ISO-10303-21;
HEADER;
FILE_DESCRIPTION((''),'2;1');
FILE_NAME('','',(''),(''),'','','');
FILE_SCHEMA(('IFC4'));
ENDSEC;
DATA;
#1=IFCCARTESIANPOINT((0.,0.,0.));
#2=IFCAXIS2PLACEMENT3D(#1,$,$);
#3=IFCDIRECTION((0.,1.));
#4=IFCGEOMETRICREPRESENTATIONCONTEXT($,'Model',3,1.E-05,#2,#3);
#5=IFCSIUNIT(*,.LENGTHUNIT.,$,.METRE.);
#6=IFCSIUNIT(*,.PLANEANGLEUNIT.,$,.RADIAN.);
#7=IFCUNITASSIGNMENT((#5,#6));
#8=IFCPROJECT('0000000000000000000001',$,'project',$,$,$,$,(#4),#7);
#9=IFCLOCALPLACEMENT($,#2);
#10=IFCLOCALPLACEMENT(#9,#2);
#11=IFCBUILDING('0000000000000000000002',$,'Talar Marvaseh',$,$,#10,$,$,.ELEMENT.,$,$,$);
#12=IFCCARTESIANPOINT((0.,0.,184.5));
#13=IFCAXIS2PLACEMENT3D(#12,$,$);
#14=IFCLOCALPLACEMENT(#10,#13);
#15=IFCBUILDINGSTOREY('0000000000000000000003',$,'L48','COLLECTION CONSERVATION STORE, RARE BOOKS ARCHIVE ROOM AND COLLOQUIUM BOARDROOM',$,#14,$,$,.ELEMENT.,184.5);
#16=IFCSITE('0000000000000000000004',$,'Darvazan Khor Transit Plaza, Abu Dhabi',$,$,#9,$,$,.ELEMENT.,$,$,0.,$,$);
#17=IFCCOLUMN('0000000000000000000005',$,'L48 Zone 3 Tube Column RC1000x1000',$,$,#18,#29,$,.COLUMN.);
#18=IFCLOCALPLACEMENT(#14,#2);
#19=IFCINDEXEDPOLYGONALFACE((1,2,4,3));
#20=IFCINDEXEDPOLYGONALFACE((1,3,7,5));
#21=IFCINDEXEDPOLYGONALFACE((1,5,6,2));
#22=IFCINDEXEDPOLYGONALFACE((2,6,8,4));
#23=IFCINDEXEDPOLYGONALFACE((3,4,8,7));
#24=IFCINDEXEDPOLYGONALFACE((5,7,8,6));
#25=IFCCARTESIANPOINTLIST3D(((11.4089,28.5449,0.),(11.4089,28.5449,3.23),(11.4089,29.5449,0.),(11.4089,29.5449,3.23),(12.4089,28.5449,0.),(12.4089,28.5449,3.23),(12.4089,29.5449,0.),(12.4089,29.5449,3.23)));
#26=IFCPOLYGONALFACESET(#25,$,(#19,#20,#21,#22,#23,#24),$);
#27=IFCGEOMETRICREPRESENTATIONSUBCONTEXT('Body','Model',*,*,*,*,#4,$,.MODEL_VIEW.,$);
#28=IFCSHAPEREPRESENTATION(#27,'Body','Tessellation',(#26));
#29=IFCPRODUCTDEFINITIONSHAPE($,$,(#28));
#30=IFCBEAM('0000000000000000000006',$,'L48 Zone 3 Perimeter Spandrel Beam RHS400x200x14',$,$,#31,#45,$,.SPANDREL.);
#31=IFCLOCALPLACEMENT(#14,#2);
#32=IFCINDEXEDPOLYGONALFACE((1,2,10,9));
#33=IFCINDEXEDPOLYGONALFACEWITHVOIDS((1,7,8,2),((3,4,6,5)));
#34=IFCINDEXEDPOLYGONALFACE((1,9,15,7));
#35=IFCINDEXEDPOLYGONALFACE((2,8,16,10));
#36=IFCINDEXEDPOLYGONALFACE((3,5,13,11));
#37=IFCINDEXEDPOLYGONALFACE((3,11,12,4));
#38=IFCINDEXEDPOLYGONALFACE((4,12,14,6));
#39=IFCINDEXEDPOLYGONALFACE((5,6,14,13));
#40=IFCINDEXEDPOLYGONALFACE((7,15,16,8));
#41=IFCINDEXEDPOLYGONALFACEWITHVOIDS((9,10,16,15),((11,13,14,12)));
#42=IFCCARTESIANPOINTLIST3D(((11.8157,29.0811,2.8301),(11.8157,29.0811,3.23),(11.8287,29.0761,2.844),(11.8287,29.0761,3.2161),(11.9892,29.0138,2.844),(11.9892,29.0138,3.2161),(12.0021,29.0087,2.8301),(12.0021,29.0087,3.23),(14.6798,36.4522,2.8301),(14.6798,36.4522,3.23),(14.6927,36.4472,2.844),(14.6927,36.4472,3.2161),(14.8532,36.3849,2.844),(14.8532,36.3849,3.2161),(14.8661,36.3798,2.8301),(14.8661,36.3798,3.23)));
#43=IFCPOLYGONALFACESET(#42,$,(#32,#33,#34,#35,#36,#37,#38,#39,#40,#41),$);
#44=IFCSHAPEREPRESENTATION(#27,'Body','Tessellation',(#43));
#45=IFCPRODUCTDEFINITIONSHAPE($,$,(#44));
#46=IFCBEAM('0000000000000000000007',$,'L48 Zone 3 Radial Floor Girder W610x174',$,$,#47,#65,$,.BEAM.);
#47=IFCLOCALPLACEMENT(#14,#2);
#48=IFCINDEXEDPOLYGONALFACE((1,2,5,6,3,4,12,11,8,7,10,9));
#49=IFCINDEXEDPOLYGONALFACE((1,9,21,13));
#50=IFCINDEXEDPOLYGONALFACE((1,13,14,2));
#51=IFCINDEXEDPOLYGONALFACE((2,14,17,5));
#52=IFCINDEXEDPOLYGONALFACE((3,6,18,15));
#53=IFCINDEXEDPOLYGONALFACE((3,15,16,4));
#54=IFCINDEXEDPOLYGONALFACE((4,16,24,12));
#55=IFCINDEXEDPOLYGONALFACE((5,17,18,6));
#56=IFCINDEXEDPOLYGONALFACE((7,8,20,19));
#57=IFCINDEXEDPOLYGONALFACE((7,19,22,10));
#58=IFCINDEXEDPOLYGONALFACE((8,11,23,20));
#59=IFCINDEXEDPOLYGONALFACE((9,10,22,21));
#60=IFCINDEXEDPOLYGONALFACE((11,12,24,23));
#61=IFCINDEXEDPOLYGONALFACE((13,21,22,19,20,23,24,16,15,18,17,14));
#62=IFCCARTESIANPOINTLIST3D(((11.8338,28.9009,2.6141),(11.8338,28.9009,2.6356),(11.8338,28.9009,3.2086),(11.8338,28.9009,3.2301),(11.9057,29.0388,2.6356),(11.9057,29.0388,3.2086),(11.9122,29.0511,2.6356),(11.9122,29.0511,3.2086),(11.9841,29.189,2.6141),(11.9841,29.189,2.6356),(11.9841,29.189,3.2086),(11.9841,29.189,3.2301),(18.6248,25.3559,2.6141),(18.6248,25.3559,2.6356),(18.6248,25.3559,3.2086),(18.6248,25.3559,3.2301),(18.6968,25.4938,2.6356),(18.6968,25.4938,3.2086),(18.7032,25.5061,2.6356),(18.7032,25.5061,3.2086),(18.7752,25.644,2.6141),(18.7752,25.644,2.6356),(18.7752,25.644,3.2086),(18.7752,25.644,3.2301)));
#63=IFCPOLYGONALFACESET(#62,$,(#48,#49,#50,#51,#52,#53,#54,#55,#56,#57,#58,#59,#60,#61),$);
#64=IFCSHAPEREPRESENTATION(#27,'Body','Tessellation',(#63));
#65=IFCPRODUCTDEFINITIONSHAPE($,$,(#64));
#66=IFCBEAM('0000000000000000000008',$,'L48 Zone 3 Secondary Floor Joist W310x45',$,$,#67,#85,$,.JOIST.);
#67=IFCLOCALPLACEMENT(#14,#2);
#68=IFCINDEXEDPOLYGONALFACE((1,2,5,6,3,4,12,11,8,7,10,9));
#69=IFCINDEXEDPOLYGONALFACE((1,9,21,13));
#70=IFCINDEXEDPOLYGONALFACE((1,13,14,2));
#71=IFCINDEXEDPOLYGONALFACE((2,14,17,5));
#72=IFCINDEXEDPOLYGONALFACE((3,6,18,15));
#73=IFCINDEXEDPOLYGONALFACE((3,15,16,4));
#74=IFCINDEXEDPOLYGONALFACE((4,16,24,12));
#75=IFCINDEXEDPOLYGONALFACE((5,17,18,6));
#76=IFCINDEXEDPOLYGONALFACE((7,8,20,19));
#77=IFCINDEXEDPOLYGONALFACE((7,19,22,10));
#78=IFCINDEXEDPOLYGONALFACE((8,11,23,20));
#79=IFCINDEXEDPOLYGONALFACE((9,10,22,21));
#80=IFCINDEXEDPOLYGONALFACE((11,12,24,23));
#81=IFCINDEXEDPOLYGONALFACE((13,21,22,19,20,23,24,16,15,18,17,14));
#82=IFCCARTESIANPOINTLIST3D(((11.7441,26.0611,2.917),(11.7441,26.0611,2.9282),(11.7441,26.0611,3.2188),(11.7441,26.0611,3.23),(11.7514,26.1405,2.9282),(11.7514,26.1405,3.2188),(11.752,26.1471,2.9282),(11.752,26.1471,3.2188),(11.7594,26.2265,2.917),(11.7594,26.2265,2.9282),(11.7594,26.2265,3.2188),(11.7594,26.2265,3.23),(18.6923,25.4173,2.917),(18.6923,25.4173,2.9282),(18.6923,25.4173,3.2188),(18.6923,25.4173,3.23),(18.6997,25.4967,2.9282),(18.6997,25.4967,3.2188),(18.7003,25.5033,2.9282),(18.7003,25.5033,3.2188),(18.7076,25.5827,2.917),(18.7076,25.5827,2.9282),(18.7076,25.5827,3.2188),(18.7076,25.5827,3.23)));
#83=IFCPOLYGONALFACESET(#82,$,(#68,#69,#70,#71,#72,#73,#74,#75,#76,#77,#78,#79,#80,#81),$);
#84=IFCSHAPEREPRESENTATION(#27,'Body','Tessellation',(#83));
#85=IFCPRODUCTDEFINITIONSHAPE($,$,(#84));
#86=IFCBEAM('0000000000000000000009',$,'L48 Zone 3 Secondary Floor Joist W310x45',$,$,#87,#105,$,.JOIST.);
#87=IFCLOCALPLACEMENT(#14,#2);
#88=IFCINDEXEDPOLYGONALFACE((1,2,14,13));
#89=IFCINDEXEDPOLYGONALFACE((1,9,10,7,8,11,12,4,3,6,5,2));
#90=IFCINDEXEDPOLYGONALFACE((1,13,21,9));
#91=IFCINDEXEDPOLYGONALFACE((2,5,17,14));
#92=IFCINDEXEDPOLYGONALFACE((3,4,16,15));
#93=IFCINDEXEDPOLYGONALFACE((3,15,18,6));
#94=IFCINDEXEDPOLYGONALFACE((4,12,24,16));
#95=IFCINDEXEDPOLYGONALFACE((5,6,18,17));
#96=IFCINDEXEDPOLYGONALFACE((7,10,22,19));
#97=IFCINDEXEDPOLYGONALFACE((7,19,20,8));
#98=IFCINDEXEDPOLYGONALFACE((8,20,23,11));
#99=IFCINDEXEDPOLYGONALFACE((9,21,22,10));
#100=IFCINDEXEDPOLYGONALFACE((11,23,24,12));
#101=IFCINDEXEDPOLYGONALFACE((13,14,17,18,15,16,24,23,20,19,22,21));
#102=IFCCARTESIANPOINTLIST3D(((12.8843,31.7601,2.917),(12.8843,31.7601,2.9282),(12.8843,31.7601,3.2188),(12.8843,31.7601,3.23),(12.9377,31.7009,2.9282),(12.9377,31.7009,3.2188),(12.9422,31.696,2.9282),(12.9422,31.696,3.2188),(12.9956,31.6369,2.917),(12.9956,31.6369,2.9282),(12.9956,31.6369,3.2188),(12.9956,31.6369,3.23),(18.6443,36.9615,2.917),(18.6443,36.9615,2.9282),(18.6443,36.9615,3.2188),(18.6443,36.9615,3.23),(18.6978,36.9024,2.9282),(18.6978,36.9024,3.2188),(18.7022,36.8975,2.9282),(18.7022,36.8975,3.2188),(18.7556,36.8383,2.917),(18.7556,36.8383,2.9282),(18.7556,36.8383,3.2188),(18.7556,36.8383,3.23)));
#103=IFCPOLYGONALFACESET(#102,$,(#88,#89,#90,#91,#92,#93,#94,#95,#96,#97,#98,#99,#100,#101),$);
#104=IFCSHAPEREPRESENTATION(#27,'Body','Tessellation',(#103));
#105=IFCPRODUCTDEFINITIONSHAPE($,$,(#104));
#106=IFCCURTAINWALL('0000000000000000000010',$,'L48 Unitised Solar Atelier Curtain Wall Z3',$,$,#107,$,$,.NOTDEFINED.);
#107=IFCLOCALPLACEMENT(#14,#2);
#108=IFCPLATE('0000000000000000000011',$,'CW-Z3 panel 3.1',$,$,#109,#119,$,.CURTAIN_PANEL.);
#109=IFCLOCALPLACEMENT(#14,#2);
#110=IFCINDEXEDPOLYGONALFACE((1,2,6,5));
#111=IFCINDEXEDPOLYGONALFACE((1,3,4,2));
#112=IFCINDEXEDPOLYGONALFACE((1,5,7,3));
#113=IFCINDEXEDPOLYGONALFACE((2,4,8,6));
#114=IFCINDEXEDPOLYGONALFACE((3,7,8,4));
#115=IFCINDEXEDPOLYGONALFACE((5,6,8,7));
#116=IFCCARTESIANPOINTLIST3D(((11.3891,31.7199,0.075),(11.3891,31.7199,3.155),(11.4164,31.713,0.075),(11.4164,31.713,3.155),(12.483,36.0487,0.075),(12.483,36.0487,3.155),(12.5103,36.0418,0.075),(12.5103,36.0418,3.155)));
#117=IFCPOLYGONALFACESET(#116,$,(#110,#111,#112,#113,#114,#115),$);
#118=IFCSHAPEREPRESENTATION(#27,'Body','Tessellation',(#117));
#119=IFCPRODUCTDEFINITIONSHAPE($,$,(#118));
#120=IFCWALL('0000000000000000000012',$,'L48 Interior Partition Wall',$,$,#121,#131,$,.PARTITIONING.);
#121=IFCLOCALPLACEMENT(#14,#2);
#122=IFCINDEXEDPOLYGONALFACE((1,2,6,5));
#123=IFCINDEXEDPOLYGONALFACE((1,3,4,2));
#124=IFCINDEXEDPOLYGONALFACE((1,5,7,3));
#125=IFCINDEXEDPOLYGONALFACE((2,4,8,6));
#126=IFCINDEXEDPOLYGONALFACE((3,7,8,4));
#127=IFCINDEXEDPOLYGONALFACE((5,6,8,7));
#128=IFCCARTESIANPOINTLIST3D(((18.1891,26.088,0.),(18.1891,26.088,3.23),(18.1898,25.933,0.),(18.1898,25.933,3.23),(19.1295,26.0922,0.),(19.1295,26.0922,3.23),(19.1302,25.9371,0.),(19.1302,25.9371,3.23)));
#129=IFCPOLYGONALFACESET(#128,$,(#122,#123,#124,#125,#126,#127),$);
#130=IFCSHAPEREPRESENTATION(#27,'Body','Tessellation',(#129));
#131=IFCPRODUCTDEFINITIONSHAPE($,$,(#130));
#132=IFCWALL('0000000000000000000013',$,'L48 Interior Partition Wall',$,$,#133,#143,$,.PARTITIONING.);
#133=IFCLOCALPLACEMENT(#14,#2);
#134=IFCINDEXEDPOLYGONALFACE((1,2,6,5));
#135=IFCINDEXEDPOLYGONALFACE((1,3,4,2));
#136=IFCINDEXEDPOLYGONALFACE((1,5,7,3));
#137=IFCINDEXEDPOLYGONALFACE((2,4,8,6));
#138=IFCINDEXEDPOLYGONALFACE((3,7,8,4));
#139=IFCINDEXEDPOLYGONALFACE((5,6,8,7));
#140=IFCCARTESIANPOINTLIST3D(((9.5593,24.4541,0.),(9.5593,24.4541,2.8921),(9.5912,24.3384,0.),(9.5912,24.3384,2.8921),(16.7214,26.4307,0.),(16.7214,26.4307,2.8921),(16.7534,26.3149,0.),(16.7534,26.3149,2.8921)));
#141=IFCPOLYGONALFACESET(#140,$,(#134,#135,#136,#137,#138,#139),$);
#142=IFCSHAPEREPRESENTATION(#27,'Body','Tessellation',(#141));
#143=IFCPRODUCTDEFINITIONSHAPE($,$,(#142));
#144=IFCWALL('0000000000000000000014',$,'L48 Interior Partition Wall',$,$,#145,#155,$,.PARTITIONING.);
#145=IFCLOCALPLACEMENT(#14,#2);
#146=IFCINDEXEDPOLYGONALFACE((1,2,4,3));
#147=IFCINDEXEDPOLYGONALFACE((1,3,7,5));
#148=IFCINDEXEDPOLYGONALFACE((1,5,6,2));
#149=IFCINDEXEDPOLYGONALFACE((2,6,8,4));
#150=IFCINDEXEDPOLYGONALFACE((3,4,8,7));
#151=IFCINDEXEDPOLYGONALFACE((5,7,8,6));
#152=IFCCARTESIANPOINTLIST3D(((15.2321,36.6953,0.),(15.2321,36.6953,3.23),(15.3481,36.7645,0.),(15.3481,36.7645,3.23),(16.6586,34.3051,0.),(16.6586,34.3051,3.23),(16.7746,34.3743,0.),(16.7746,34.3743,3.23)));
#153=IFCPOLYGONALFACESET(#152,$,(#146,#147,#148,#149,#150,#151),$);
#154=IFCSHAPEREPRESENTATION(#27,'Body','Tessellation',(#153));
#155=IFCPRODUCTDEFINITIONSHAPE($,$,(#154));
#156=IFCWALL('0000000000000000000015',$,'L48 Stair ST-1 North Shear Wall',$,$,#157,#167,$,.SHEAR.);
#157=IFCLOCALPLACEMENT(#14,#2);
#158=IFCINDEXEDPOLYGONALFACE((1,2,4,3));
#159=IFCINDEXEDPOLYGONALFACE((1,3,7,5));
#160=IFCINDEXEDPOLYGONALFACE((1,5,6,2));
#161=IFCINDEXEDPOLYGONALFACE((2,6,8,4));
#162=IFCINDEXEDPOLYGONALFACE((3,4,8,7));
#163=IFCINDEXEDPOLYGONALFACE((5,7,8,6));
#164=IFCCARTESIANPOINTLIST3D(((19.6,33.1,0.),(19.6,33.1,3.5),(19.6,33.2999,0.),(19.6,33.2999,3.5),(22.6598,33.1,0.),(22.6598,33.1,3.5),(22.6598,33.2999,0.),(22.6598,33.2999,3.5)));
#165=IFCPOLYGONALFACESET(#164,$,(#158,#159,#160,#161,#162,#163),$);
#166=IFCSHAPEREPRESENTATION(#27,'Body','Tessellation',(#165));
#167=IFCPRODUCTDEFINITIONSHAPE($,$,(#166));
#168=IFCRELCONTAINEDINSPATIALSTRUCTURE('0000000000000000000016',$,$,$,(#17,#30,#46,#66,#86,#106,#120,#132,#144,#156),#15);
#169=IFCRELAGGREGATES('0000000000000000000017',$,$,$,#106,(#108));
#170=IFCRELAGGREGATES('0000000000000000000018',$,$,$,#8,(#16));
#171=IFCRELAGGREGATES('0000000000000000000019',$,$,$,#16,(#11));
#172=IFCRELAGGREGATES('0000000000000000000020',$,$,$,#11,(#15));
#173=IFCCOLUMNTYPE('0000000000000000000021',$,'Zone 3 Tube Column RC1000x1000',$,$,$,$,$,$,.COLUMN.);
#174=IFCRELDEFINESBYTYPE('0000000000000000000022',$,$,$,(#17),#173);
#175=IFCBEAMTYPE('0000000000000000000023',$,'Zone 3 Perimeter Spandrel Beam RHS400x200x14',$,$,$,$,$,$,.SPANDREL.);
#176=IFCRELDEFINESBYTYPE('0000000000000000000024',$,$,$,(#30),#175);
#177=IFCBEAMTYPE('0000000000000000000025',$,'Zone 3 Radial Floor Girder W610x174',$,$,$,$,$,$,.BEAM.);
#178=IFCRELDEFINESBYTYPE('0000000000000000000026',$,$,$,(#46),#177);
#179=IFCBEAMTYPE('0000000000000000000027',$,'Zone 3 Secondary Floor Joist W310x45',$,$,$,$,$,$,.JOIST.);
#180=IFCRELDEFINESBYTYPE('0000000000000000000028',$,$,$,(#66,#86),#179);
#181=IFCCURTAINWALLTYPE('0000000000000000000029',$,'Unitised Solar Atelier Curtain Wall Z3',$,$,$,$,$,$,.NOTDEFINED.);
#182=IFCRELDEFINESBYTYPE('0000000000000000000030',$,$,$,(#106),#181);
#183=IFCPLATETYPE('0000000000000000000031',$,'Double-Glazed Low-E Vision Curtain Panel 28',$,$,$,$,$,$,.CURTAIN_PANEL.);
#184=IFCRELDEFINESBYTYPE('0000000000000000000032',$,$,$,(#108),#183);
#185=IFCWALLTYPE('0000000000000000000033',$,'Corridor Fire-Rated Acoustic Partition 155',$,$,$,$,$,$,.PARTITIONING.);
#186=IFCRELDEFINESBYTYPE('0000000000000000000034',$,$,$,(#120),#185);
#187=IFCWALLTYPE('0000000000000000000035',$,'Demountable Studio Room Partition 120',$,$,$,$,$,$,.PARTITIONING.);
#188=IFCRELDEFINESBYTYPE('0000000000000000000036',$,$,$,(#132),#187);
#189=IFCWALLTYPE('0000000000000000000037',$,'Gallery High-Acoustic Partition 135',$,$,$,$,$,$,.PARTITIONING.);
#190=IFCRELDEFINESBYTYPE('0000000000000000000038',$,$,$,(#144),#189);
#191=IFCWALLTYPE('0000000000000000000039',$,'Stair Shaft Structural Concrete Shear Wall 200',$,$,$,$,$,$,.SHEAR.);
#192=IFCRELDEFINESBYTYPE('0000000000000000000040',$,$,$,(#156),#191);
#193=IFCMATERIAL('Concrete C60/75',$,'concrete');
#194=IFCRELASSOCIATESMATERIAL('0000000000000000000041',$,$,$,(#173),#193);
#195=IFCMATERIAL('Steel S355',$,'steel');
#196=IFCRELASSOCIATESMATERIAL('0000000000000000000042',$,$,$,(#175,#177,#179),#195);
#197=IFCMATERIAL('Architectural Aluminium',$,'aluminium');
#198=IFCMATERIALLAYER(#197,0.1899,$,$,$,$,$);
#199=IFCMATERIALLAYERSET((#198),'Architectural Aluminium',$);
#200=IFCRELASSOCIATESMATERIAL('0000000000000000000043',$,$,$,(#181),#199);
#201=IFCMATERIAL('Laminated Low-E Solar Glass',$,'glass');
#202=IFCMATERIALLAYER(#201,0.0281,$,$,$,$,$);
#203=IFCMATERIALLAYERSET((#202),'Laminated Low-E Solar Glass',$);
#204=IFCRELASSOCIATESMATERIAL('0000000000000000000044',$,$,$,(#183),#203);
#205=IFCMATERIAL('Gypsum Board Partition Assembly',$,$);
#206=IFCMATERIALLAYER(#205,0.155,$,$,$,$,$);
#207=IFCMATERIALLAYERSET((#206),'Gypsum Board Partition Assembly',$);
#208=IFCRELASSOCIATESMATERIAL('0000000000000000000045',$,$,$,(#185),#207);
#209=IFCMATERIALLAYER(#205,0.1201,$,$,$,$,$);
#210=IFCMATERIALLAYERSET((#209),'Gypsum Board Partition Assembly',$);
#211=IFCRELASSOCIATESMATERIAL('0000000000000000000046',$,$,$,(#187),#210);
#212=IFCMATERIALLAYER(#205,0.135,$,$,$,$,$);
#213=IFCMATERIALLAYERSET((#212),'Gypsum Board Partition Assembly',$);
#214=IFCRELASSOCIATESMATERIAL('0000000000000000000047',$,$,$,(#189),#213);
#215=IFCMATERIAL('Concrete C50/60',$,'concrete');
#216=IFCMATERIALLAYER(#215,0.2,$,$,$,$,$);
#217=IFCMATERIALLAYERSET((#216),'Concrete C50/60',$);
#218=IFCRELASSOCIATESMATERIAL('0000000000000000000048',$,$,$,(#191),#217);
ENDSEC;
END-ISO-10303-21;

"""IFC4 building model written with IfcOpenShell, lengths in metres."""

from ifc_helpers import new_model, si_unit, direction, frame, frame_2d, origin, origin_2d, place, context, subcontext, project, spatial, rectangle, hollow_rectangle, i_section, extrude, source, transform, mapped, material, layer, layer_set, material_profile, profile_set, type_object, type_shapes, element, aggregate, save


model = new_model("IFC4")

# Units and contexts
model_context = context("Model", 3, precision=1e-05, world=origin(), true_north=direction((0.0, 1.0)))
body_context = subcontext(model_context, "Body", "Model", "MODEL_VIEW")
ifc_project = project(units=[si_unit("LENGTHUNIT", "METRE"), si_unit("PLANEANGLEUNIT", "RADIAN")], contexts=[model_context])

# Site, building, storey
site_placement = place(None, origin())
site = spatial("IfcSite", under=ifc_project, at=site_placement, Name="Darvazan Khor Transit Plaza, Abu Dhabi", CompositionType="ELEMENT", RefElevation=0.0)
building_placement = place(site_placement, origin())
building = spatial("IfcBuilding", under=site, at=building_placement, Name="Talar Marvaseh", CompositionType="ELEMENT")
storey_placement = place(building_placement, frame((0.0, 0.0, 184.5)))
storey = spatial("IfcBuildingStorey", under=building, at=storey_placement, Name="L48", Description="COLLECTION CONSERVATION STORE, RARE BOOKS ARCHIVE ROOM AND COLLOQUIUM BOARDROOM", CompositionType="ELEMENT", Elevation=184.5)

# Column
ifc_material_1 = material(Name="Concrete C60/75", Category="concrete")
ifc_material_profile_1 = material_profile(ifc_material_1, rectangle(XDim=1.0, YDim=1.0, at=origin_2d()), Name="RC1000x1000")
ifc_profile_set_1 = profile_set([ifc_material_profile_1], Name="Concrete C60/75")
column_type = type_object("IfcColumnType", Name="Zone 3 Tube Column RC1000x1000", PredefinedType="COLUMN", material=ifc_profile_set_1)
column_placement = place(storey_placement, frame((11.9089, 29.0449, 0.0), z_axis=(0.0, 0.0, 1.0), x_axis=(1.0, 0.0, 0.0)))
element("IfcColumn", 1, at=column_placement, inside=storey, type_object=column_type, Name="L48 Zone 3 Tube Column RC1000x1000", PredefinedType="COLUMN", context=body_context, shape_type="SweptSolid", body=[
    extrude(rectangle(XDim=1.0, YDim=1.0, at=origin_2d()), origin(), (0.0, 0.0, 1.0), 3.23),
])

# Beams
ifc_material_2 = material(Name="Steel S355", Category="steel")
ifc_material_profile_2 = material_profile(ifc_material_2, hollow_rectangle(XDim=0.2, YDim=0.3999, WallThickness=0.0139, at=origin_2d()), Name="RHS400x200x14")
ifc_profile_set_2 = profile_set([ifc_material_profile_2], Name="Steel S355")
beam_type_1 = type_object("IfcBeamType", Name="Zone 3 Perimeter Spandrel Beam RHS400x200x14", PredefinedType="SPANDREL", material=ifc_profile_set_2)
beam_1_placement = place(storey_placement, frame((11.9089, 29.0449, 3.03), z_axis=(0.362169, 0.932112, 0.0), x_axis=(-0.932112, 0.362169, 0.0)))
element("IfcBeam", 2, at=beam_1_placement, inside=storey, type_object=beam_type_1, Name="L48 Zone 3 Perimeter Spandrel Beam RHS400x200x14", PredefinedType="SPANDREL", context=body_context, shape_type="SweptSolid", body=[
    extrude(hollow_rectangle(XDim=0.2, YDim=0.3999, WallThickness=0.0139, at=origin_2d()), origin(), (0.0, 0.0, 1.0), 7.908),
])
ifc_material_profile_3 = material_profile(ifc_material_2, i_section(OverallWidth=0.325, OverallDepth=0.616, WebThickness=0.0139, FlangeThickness=0.0215, at=origin_2d()), Name="W610x174")
ifc_profile_set_3 = profile_set([ifc_material_profile_3], Name="Steel S355")
beam_type_2 = type_object("IfcBeamType", Name="Zone 3 Radial Floor Girder W610x174", PredefinedType="BEAM", material=ifc_profile_set_3)
beam_2_placement = place(storey_placement, frame((11.9089, 29.0449, 2.9221), z_axis=(0.886489, -0.462749, 0.0), x_axis=(0.462749, 0.886489, 0.0)))
element("IfcBeam", 3, at=beam_2_placement, inside=storey, type_object=beam_type_2, Name="L48 Zone 3 Radial Floor Girder W610x174", PredefinedType="BEAM", context=body_context, shape_type="SweptSolid", body=[
    extrude(i_section(OverallWidth=0.325, OverallDepth=0.616, WebThickness=0.0139, FlangeThickness=0.0215, at=origin_2d()), origin(), (0.0, 0.0, 1.0), 7.6606),
])
ifc_material_profile_4 = material_profile(ifc_material_2, i_section(OverallWidth=0.166, OverallDepth=0.313, WebThickness=0.0066, FlangeThickness=0.0112, at=origin_2d()), Name="W310x45")
ifc_profile_set_4 = profile_set([ifc_material_profile_4], Name="Steel S355")
beam_type_3 = type_object("IfcBeamType", Name="Zone 3 Secondary Floor Joist W310x45", PredefinedType="JOIST", material=ifc_profile_set_4)
beam_3_placement = place(storey_placement, frame((11.7517, 26.1438, 3.0735), z_axis=(0.995735, -0.092261, 0.0), x_axis=(0.092261, 0.995735, 0.0)))
element("IfcBeam", 4, at=beam_3_placement, inside=storey, type_object=beam_type_3, Name="L48 Zone 3 Secondary Floor Joist W310x45", PredefinedType="JOIST", context=body_context, shape_type="SweptSolid", body=[
    extrude(i_section(OverallWidth=0.166, OverallDepth=0.313, WebThickness=0.0066, FlangeThickness=0.0112, at=origin_2d()), origin(), (0.0, 0.0, 1.0), 6.978),
])
beam_4_placement = place(storey_placement, frame((12.9399, 31.6985, 3.0735), z_axis=(0.742178, 0.670203, 0.0), x_axis=(-0.670203, 0.742178, 0.0)))
element("IfcBeam", 5, at=beam_4_placement, inside=storey, type_object=beam_type_3, Name="L48 Zone 3 Secondary Floor Joist W310x45", PredefinedType="JOIST", context=body_context, shape_type="SweptSolid", body=[
    extrude(i_section(OverallWidth=0.166, OverallDepth=0.313, WebThickness=0.0066, FlangeThickness=0.0112, at=origin_2d()), origin(), (0.0, 0.0, 1.0), 7.761),
])

# Curtain wall, plate
ifc_material_3 = material(Name="Architectural Aluminium", Category="aluminium")
ifc_layer_1 = layer(ifc_material_3, 0.1899)
ifc_layer_set_1 = layer_set([ifc_layer_1], Name="Architectural Aluminium")
curtain_wall_type = type_object("IfcCurtainWallType", Name="Unitised Solar Atelier Curtain Wall Z3", PredefinedType="NOTDEFINED", material=ifc_layer_set_1)
curtain_wall_placement = place(storey_placement, origin())
curtain_wall = element("IfcCurtainWall", 6, at=curtain_wall_placement, inside=storey, type_object=curtain_wall_type, Name="L48 Unitised Solar Atelier Curtain Wall Z3", PredefinedType="NOTDEFINED")
ifc_material_4 = material(Name="Laminated Low-E Solar Glass", Category="glass")
ifc_layer_2 = layer(ifc_material_4, 0.0281)
ifc_layer_set_2 = layer_set([ifc_layer_2], Name="Laminated Low-E Solar Glass")
plate_type = type_object("IfcPlateType", Name="Double-Glazed Low-E Vision Curtain Panel 28", PredefinedType="CURTAIN_PANEL", material=ifc_layer_set_2)
shared_shape_1 = source(origin(), body_context, "Body", "SweptSolid", [
    extrude(rectangle(XDim=4.4648, YDim=0.0281, at=origin_2d()), origin(), (0.0, 0.0, 1.0), 3.0801),
])
type_shapes(plate_type, [shared_shape_1])
plate_placement = place(storey_placement, frame((11.9497, 33.8809, 0.075), z_axis=(0.0, 0.0, 1.0), x_axis=(0.245002, 0.969522, 0.0)))
plate = element("IfcPlate", 7, at=plate_placement, type_object=plate_type, Name="CW-Z3 panel 3.1", PredefinedType="CURTAIN_PANEL", context=body_context, shape_type="MappedRepresentation", body=[
    mapped(shared_shape_1, transform((0.0, 0.0, 0.0), x_axis=(1.0, 0.0, 0.0), y_axis=(0.0, 1.0, 0.0), z_axis=(0.0, 0.0, 1.0), scale=1.0)),
])
aggregate(curtain_wall, [plate])

# Walls
ifc_material_5 = material(Name="Gypsum Board Partition Assembly")
ifc_layer_3 = layer(ifc_material_5, 0.155)
ifc_layer_set_3 = layer_set([ifc_layer_3], Name="Gypsum Board Partition Assembly")
wall_type_1 = type_object("IfcWallType", Name="Corridor Fire-Rated Acoustic Partition 155", PredefinedType="PARTITIONING", material=ifc_layer_set_3)
wall_1_placement = place(storey_placement, frame((19.1299, 26.0146, 0.0), z_axis=(0.0, 0.0, 1.0), x_axis=(-0.99999, -0.004413, 0.0)))
element("IfcWall", 8, at=wall_1_placement, inside=storey, type_object=wall_type_1, Name="L48 Interior Partition Wall", PredefinedType="PARTITIONING", context=body_context, shape_type="SweptSolid", body=[
    extrude(rectangle(XDim=0.9404, YDim=0.155, at=frame_2d((0.4702, 0.0))), origin(), (0.0, 0.0, 1.0), 3.23),
])
ifc_layer_4 = layer(ifc_material_5, 0.1201)
ifc_layer_set_4 = layer_set([ifc_layer_4], Name="Gypsum Board Partition Assembly")
wall_type_2 = type_object("IfcWallType", Name="Demountable Studio Room Partition 120", PredefinedType="PARTITIONING", material=ifc_layer_set_4)
wall_2_placement = place(storey_placement, frame((16.7373, 26.3728, 0.0), z_axis=(0.0, 0.0, 1.0), x_axis=(-0.963965, -0.26603, 0.0)))
element("IfcWall", 9, at=wall_2_placement, inside=storey, type_object=wall_type_2, Name="L48 Interior Partition Wall", PredefinedType="PARTITIONING", context=body_context, shape_type="SweptSolid", body=[
    extrude(rectangle(XDim=7.4299, YDim=0.1201, at=frame_2d((3.7148, 0.0))), origin(), (0.0, 0.0, 1.0), 2.8921),
])
ifc_layer_5 = layer(ifc_material_5, 0.135)
ifc_layer_set_5 = layer_set([ifc_layer_5], Name="Gypsum Board Partition Assembly")
wall_type_3 = type_object("IfcWallType", Name="Gallery High-Acoustic Partition 135", PredefinedType="PARTITIONING", material=ifc_layer_set_5)
wall_3_placement = place(storey_placement, frame((16.7166, 34.3398, 0.0), z_axis=(0.0, 0.0, 1.0), x_axis=(-0.512495, 0.85869, 0.0)))
element("IfcWall", 10, at=wall_3_placement, inside=storey, type_object=wall_type_3, Name="L48 Interior Partition Wall", PredefinedType="PARTITIONING", context=body_context, shape_type="SweptSolid", body=[
    extrude(rectangle(XDim=2.7834, YDim=0.135, at=frame_2d((1.3916, 0.0))), origin(), (0.0, 0.0, 1.0), 3.23),
])
ifc_material_6 = material(Name="Concrete C50/60", Category="concrete")
ifc_layer_6 = layer(ifc_material_6, 0.2)
ifc_layer_set_6 = layer_set([ifc_layer_6], Name="Concrete C50/60")
wall_type_4 = type_object("IfcWallType", Name="Stair Shaft Structural Concrete Shear Wall 200", PredefinedType="SHEAR", material=ifc_layer_set_6)
wall_4_placement = place(storey_placement, frame((19.6001, 33.2, 0.0), z_axis=(0.0, 0.0, 1.0), x_axis=(1.0, 0.0, 0.0)))
element("IfcWall", 11, at=wall_4_placement, inside=storey, type_object=wall_type_4, Name="L48 Stair ST-1 North Shear Wall", PredefinedType="SHEAR", context=body_context, shape_type="SweptSolid", body=[
    extrude(rectangle(XDim=3.0598, YDim=0.2, at=frame_2d((1.5298, 0.0))), origin(), (0.0, 0.0, 1.0), 3.5),
])

save(model, "model.ifc")
